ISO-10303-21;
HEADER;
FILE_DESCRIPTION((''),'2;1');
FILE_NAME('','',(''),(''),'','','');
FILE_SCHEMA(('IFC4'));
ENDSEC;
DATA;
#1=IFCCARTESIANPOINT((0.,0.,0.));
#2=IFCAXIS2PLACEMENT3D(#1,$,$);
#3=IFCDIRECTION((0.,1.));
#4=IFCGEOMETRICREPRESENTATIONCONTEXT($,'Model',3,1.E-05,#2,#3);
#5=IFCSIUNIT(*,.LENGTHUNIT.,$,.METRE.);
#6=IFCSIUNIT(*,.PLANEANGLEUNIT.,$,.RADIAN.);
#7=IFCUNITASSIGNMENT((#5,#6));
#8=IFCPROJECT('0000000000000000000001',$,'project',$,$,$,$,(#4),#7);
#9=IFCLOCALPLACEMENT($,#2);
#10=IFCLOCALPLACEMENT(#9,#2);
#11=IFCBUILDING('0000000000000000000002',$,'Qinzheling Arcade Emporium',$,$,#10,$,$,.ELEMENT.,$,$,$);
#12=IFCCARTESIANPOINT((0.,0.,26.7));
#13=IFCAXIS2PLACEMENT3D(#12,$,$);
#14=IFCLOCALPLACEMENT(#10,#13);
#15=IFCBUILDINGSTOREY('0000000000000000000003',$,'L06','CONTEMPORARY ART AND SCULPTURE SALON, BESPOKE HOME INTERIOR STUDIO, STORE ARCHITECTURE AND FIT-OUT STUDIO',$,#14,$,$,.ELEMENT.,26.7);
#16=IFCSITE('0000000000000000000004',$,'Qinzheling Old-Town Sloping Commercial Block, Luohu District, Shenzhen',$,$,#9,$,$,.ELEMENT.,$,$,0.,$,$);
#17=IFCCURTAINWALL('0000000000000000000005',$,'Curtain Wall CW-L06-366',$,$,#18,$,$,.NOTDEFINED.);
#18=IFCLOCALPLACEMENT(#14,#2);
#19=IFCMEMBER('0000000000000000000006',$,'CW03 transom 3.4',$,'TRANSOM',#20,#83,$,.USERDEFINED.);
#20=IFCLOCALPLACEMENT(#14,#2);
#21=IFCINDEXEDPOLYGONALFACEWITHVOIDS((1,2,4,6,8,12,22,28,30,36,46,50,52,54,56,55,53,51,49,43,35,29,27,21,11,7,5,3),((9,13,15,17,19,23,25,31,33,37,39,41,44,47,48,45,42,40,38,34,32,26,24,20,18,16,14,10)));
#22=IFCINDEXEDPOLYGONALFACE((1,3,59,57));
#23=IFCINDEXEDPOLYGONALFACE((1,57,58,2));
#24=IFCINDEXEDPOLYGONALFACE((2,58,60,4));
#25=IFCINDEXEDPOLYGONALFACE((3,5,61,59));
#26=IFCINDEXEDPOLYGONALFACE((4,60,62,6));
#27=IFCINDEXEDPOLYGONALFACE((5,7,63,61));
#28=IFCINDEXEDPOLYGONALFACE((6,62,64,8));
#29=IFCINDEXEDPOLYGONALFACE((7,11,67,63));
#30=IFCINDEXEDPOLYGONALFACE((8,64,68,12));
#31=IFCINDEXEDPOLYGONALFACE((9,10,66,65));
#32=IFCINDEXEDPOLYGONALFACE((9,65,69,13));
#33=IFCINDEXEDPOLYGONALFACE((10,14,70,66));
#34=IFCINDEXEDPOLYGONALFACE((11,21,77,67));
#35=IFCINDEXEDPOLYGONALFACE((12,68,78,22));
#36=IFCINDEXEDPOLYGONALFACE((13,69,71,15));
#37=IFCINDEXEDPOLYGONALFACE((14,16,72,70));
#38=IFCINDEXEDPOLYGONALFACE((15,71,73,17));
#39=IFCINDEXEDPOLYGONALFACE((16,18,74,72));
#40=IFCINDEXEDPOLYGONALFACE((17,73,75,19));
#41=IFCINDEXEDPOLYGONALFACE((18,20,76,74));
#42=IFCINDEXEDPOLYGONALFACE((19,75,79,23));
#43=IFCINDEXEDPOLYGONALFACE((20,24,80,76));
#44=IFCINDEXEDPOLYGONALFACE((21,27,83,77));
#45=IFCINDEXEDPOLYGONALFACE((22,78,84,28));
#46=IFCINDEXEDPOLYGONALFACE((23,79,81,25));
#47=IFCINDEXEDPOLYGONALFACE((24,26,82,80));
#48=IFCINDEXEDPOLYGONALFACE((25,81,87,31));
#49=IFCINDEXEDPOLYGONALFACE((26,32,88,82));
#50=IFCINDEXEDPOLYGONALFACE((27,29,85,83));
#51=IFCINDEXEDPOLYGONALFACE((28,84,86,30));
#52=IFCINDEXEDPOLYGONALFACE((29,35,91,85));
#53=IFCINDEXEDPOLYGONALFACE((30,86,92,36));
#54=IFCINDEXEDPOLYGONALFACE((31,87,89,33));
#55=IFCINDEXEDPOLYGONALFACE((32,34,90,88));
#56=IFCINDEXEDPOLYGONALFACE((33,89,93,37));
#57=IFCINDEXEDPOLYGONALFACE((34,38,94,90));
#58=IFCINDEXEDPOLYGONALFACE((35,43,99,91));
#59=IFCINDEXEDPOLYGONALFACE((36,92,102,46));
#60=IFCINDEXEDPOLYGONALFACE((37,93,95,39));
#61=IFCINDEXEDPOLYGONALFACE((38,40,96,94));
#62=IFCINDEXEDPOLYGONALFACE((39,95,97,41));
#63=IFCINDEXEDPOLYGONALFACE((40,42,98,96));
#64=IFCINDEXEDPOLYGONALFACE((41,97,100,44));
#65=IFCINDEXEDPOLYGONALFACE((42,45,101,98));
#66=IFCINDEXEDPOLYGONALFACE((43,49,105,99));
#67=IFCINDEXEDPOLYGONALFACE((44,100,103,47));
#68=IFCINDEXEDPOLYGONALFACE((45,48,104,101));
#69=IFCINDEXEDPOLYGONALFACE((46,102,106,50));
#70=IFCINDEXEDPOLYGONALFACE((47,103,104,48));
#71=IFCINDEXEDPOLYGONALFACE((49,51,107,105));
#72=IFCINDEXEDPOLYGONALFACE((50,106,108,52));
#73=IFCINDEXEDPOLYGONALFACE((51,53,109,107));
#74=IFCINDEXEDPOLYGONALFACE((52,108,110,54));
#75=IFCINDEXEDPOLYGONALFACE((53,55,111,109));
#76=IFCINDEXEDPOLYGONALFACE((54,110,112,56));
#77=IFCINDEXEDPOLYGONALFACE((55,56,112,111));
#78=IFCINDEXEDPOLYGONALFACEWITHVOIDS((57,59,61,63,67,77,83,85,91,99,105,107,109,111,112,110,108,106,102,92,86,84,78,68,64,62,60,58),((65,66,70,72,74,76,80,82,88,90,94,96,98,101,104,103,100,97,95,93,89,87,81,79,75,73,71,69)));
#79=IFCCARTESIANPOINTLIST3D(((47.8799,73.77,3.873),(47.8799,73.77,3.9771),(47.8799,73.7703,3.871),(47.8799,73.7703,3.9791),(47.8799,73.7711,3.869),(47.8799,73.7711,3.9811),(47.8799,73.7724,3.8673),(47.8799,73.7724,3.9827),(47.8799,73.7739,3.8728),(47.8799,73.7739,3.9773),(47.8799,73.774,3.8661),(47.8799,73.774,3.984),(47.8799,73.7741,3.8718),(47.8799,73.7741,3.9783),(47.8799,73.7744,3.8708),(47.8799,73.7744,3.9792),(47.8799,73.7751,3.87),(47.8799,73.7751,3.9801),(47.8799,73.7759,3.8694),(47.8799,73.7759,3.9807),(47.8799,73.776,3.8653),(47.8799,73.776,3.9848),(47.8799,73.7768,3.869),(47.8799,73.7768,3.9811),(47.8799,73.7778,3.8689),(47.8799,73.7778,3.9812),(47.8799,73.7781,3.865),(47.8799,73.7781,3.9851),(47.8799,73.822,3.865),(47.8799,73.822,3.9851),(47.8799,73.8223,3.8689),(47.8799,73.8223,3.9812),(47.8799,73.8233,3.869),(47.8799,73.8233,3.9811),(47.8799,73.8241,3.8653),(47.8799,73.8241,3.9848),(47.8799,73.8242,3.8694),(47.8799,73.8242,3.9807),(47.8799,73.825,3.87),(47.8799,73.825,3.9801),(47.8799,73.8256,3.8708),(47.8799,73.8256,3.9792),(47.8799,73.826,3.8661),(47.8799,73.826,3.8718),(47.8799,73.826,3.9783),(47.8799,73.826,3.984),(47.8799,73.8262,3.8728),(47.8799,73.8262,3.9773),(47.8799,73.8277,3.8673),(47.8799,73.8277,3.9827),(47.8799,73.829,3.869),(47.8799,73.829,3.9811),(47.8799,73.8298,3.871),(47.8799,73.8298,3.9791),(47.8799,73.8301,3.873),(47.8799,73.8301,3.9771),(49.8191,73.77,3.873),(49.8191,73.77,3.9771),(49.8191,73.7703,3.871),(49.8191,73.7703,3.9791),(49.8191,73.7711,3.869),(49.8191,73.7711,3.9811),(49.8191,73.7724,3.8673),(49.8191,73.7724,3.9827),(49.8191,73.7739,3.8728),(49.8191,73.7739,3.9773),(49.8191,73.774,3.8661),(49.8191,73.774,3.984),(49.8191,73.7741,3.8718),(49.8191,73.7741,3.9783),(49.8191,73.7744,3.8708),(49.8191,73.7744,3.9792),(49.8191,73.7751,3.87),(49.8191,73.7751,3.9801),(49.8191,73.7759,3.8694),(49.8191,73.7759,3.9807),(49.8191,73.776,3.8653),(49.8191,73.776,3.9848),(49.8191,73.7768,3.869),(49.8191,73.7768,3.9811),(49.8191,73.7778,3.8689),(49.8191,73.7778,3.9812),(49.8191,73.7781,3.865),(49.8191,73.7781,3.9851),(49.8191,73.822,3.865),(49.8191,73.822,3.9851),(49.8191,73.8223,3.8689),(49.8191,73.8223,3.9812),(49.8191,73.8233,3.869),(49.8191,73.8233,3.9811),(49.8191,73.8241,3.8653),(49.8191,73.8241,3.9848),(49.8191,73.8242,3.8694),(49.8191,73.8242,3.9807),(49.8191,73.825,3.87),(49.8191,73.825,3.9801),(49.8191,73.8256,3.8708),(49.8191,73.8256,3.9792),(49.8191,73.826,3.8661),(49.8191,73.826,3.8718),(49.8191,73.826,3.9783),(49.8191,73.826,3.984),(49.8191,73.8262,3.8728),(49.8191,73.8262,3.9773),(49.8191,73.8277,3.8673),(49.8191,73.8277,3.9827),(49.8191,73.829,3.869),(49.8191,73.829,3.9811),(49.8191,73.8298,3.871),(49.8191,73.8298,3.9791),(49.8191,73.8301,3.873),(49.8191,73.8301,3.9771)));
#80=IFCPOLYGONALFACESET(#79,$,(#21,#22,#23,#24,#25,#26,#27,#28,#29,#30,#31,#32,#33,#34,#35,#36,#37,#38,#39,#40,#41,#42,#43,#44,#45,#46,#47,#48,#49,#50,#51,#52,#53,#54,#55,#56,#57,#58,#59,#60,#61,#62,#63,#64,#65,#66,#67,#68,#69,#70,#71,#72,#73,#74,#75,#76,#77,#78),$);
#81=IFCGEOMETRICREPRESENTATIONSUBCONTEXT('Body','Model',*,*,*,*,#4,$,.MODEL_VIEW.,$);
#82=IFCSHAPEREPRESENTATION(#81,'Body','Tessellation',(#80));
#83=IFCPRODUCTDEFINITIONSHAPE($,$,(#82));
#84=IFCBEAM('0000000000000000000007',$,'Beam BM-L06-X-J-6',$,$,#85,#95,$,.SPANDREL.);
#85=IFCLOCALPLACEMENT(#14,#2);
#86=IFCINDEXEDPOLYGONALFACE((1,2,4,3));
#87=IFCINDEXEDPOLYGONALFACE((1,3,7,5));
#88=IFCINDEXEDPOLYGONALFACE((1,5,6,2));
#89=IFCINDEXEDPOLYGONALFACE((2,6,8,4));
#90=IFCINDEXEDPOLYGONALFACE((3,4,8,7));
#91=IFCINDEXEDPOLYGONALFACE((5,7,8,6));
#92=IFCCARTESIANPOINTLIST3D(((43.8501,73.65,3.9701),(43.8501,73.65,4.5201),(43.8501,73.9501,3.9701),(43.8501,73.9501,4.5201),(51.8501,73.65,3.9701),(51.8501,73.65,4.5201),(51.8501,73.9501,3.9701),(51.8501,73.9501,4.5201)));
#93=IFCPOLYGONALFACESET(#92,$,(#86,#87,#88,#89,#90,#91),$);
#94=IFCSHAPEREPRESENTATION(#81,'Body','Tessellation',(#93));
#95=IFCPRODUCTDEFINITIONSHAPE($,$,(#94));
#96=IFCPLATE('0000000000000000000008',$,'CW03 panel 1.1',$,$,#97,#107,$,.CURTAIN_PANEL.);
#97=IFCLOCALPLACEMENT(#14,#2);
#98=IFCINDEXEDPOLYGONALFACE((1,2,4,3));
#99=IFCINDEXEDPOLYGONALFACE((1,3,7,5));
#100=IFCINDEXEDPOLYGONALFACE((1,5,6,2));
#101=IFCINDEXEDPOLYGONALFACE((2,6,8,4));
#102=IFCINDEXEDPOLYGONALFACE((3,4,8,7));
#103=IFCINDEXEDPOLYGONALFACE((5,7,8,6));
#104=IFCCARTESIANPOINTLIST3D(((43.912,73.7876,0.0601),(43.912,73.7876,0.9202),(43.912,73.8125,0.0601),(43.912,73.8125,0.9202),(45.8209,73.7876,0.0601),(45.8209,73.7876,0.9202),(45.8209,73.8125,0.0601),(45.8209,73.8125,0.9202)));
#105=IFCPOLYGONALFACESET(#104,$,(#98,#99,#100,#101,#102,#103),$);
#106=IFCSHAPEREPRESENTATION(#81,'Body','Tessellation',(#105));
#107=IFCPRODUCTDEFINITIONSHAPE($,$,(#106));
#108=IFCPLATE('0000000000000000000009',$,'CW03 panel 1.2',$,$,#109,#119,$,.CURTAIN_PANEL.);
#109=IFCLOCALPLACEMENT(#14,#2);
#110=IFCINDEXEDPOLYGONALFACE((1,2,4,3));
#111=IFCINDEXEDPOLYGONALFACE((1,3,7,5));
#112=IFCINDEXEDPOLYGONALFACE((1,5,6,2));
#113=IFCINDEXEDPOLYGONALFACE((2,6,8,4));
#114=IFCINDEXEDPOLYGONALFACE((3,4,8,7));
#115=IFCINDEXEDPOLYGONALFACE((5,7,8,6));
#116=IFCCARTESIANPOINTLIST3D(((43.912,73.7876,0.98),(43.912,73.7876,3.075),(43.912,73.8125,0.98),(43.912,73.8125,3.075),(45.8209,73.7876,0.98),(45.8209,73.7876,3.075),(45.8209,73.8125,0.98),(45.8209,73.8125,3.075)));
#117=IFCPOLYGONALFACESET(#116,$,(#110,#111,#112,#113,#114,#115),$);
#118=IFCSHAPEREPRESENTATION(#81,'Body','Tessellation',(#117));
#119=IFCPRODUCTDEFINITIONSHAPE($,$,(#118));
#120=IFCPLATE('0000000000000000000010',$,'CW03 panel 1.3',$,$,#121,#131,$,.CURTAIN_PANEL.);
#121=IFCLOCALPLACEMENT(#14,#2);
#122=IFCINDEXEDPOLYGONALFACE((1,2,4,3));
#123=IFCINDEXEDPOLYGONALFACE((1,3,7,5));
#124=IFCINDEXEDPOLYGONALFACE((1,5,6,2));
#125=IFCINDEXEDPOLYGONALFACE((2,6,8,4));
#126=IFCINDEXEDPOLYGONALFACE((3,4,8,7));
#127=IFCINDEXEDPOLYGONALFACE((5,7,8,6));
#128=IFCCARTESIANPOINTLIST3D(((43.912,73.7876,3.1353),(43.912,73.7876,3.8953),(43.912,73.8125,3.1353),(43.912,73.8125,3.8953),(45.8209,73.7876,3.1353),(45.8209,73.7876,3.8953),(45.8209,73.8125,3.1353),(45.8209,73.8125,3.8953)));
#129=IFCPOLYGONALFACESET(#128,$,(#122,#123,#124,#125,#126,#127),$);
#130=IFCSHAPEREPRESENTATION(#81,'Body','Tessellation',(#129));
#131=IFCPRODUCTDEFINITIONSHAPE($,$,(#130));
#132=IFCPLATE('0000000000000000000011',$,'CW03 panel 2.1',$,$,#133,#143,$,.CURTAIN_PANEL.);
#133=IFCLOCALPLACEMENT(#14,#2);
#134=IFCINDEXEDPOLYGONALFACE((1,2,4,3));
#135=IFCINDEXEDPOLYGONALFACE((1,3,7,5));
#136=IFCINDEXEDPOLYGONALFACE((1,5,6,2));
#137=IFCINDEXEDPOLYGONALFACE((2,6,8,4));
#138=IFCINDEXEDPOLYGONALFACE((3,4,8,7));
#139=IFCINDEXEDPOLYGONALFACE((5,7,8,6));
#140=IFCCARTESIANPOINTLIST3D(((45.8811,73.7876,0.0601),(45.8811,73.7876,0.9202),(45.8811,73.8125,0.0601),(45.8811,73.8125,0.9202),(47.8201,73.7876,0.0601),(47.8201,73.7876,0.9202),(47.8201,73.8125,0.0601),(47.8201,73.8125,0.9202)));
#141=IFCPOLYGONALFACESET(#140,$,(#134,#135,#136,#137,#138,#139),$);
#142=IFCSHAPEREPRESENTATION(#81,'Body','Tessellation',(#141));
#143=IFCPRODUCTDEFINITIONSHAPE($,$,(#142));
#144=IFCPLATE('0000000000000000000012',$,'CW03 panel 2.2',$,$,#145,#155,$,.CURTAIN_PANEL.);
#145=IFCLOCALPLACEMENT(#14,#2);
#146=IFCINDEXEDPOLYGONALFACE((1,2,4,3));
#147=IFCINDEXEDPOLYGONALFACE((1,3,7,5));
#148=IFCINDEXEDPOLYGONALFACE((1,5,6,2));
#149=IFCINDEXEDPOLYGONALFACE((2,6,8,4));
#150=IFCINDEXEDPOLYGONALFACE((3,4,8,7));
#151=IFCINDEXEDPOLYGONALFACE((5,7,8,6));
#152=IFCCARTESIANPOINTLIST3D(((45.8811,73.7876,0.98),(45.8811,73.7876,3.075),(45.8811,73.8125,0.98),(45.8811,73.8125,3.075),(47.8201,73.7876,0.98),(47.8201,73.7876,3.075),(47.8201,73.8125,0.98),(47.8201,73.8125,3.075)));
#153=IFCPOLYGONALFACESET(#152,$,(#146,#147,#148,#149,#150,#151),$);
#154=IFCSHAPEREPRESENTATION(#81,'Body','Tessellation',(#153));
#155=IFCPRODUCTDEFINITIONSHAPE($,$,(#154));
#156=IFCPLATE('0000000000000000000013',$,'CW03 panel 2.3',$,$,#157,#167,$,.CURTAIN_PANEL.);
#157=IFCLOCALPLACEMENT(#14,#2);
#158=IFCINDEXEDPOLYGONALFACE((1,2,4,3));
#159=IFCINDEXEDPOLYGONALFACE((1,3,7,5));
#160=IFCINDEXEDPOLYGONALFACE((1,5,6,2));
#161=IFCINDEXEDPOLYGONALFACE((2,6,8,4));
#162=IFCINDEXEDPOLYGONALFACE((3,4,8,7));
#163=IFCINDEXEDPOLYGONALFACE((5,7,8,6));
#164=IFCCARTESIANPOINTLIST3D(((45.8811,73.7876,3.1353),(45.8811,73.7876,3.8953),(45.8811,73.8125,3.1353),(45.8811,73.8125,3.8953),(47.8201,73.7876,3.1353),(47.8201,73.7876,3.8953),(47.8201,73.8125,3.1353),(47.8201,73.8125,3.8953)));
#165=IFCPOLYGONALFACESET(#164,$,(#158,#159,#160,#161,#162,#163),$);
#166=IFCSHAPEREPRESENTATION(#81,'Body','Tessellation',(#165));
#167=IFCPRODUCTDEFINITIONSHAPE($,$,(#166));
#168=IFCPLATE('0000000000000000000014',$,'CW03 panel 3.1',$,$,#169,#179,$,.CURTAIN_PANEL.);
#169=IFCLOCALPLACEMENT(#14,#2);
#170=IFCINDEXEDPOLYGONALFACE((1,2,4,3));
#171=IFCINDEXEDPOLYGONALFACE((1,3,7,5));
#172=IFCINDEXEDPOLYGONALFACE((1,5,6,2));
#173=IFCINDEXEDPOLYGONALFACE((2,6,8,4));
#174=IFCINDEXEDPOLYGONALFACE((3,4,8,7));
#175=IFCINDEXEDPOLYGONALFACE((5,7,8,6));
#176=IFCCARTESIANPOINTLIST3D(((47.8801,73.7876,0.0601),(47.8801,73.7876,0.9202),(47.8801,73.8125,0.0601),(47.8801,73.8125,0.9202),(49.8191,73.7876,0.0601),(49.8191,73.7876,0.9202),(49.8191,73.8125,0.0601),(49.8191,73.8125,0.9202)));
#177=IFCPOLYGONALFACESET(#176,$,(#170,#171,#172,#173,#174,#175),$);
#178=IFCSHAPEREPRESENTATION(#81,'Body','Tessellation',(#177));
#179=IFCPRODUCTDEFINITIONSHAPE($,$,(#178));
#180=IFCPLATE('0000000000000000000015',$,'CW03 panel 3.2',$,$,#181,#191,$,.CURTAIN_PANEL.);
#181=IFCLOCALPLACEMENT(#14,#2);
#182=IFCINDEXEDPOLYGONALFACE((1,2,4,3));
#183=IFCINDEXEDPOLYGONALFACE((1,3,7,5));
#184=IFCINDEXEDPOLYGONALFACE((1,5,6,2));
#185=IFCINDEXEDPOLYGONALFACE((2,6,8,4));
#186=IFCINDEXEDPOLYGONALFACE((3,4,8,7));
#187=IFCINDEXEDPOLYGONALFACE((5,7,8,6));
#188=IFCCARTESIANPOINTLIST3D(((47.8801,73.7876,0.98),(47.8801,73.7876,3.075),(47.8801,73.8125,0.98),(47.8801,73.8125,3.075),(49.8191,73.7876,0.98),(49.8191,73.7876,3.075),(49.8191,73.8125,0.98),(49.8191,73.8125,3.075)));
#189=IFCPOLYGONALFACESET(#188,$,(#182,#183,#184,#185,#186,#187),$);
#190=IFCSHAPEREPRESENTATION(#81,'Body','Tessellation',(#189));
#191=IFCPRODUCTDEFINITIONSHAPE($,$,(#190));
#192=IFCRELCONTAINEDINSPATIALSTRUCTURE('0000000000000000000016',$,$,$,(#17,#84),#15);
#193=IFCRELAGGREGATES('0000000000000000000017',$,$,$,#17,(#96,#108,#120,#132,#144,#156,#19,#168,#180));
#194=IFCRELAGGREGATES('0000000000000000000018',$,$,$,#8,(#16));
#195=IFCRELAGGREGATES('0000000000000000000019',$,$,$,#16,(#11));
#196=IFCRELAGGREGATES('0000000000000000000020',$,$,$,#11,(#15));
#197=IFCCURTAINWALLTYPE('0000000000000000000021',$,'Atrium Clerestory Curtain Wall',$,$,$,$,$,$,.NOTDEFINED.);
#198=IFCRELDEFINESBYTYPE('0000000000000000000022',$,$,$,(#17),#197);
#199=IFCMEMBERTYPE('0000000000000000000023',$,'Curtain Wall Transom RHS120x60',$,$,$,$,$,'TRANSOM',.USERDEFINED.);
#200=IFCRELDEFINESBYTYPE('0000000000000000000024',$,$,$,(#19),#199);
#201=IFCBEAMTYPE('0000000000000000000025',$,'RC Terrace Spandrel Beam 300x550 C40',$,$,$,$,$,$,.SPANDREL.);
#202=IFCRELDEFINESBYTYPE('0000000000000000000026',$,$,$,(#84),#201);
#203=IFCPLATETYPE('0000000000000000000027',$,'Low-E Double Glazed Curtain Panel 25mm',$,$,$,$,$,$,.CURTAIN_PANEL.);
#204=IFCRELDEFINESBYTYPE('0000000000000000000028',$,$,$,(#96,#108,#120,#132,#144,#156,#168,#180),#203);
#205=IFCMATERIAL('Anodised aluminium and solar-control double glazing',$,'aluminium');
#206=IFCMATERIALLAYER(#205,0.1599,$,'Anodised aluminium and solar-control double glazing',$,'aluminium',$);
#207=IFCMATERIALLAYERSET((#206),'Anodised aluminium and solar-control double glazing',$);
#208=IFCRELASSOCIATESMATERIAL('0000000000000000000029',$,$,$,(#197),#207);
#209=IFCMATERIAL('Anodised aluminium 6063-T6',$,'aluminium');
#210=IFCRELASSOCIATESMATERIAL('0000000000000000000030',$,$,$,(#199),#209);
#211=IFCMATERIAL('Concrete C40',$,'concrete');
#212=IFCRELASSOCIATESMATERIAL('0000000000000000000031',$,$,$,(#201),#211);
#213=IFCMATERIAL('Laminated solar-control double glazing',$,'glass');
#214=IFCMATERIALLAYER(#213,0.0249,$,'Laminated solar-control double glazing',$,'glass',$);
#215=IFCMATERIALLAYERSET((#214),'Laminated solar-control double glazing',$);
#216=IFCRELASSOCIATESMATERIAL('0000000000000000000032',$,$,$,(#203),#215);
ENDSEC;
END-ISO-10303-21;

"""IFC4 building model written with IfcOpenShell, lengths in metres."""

from ifc_helpers import new_model, si_unit, direction, frame, origin, origin_2d, place, context, subcontext, project, spatial, rectangle, hollow_rectangle, extrude, material, layer, layer_set, material_profile, profile_set, type_object, element, aggregate, save


model = new_model("IFC4")

# Units and contexts
model_context = context("Model", 3, precision=1e-05, world=origin(), true_north=direction((0.0, 1.0)))
body_context = subcontext(model_context, "Body", "Model", "MODEL_VIEW")
ifc_project = project(units=[si_unit("LENGTHUNIT", "METRE"), si_unit("PLANEANGLEUNIT", "RADIAN")], contexts=[model_context])

# Site, building, storey
site_placement = place(None, origin())
site = spatial("IfcSite", under=ifc_project, at=site_placement, Name="Qinzheling Old-Town Sloping Commercial Block, Luohu District, Shenzhen", CompositionType="ELEMENT", RefElevation=0.0)
building_placement = place(site_placement, origin())
building = spatial("IfcBuilding", under=site, at=building_placement, Name="Qinzheling Arcade Emporium", CompositionType="ELEMENT")
storey_placement = place(building_placement, frame((0.0, 0.0, 26.7)))
storey = spatial("IfcBuildingStorey", under=building, at=storey_placement, Name="L06", Description="CONTEMPORARY ART AND SCULPTURE SALON, BESPOKE HOME INTERIOR STUDIO, STORE ARCHITECTURE AND FIT-OUT STUDIO", CompositionType="ELEMENT", Elevation=26.7)

# Shared definitions
ifc_material_1 = material(Name="Concrete C40", Category="concrete")

# Curtain wall, member
ifc_material_2 = material(Name="Anodised aluminium and solar-control double glazing", Category="aluminium")
ifc_layer_1 = layer(ifc_material_2, 0.1599, Name="Anodised aluminium and solar-control double glazing", Category="aluminium")
ifc_layer_set_1 = layer_set([ifc_layer_1], Name="Anodised aluminium and solar-control double glazing")
curtain_wall_type = type_object("IfcCurtainWallType", Name="Atrium Clerestory Curtain Wall", PredefinedType="NOTDEFINED", material=ifc_layer_set_1)
curtain_wall_placement = place(storey_placement, origin())
curtain_wall = element("IfcCurtainWall", 1, at=curtain_wall_placement, inside=storey, type_object=curtain_wall_type, Name="Curtain Wall CW-L06-366", PredefinedType="NOTDEFINED")
ifc_material_3 = material(Name="Anodised aluminium 6063-T6", Category="aluminium")
ifc_material_profile_1 = material_profile(ifc_material_3, hollow_rectangle(XDim=0.0601, YDim=0.1201, WallThickness=0.0039, InnerFilletRadius=0.0039, OuterFilletRadius=0.0081, at=origin_2d()), Name="RHS 120x60x4", Category="aluminium")
ifc_profile_set_1 = profile_set([ifc_material_profile_1], Name="Anodised aluminium 6063-T6")
member_type_1 = type_object("IfcMemberType", Name="Curtain Wall Transom RHS120x60", ElementType="TRANSOM", PredefinedType="USERDEFINED", material=ifc_profile_set_1)
member_1_placement = place(storey_placement, frame((47.8799, 73.8, 3.925), z_axis=(1.0, 0.0, 0.0), x_axis=(0.0, 1.0, 0.0)))
member_1 = element("IfcMember", 2, at=member_1_placement, type_object=member_type_1, Name="CW03 transom 3.4", ObjectType="TRANSOM", PredefinedType="USERDEFINED", context=body_context, shape_type="SweptSolid", body=[
    extrude(hollow_rectangle(XDim=0.0601, YDim=0.1201, WallThickness=0.0039, InnerFilletRadius=0.0039, OuterFilletRadius=0.0081, at=origin_2d()), origin(), (0.0, 0.0, 1.0), 1.9392),
])

# Beam
ifc_material_profile_2 = material_profile(ifc_material_1, rectangle(XDim=0.3, YDim=0.55, at=origin_2d()), Name="RC 300x550", Category="concrete")
ifc_profile_set_2 = profile_set([ifc_material_profile_2], Name="Concrete C40")
beam_type = type_object("IfcBeamType", Name="RC Terrace Spandrel Beam 300x550 C40", PredefinedType="SPANDREL", material=ifc_profile_set_2)
beam_placement = place(storey_placement, frame((43.8501, 73.8, 4.2451), z_axis=(1.0, 0.0, 0.0), x_axis=(0.0, 1.0, 0.0)))
element("IfcBeam", 3, at=beam_placement, inside=storey, type_object=beam_type, Name="Beam BM-L06-X-J-6", PredefinedType="SPANDREL", context=body_context, shape_type="SweptSolid", body=[
    extrude(rectangle(XDim=0.3, YDim=0.55, at=origin_2d()), origin(), (0.0, 0.0, 1.0), 8.0),
])

# Plates
ifc_material_4 = material(Name="Laminated solar-control double glazing", Category="glass")
ifc_layer_2 = layer(ifc_material_4, 0.0249, Name="Laminated solar-control double glazing", Category="glass")
ifc_layer_set_2 = layer_set([ifc_layer_2], Name="Laminated solar-control double glazing")
plate_type = type_object("IfcPlateType", Name="Low-E Double Glazed Curtain Panel 25mm", PredefinedType="CURTAIN_PANEL", material=ifc_layer_set_2)
plate_1_placement = place(storey_placement, frame((44.8665, 73.8, 0.0601), z_axis=(0.0, 0.0, 1.0), x_axis=(1.0, 0.0, 0.0)))
plate_1 = element("IfcPlate", 4, at=plate_1_placement, type_object=plate_type, Name="CW03 panel 1.1", PredefinedType="CURTAIN_PANEL", context=body_context, shape_type="SweptSolid", body=[
    extrude(rectangle(XDim=1.9089, YDim=0.0249, at=origin_2d()), origin(), (0.0, 0.0, 1.0), 0.8601),
])
plate_2_placement = place(storey_placement, frame((44.8665, 73.8, 0.98), z_axis=(0.0, 0.0, 1.0), x_axis=(1.0, 0.0, 0.0)))
plate_2 = element("IfcPlate", 5, at=plate_2_placement, type_object=plate_type, Name="CW03 panel 1.2", PredefinedType="CURTAIN_PANEL", context=body_context, shape_type="SweptSolid", body=[
    extrude(rectangle(XDim=1.9089, YDim=0.0249, at=origin_2d()), origin(), (0.0, 0.0, 1.0), 2.095),
])
plate_3_placement = place(storey_placement, frame((44.8665, 73.8, 3.1353), z_axis=(0.0, 0.0, 1.0), x_axis=(1.0, 0.0, 0.0)))
plate_3 = element("IfcPlate", 6, at=plate_3_placement, type_object=plate_type, Name="CW03 panel 1.3", PredefinedType="CURTAIN_PANEL", context=body_context, shape_type="SweptSolid", body=[
    extrude(rectangle(XDim=1.9089, YDim=0.0249, at=origin_2d()), origin(), (0.0, 0.0, 1.0), 0.76),
])
plate_4_placement = place(storey_placement, frame((46.8506, 73.8, 0.0601), z_axis=(0.0, 0.0, 1.0), x_axis=(1.0, 0.0, 0.0)))
plate_4 = element("IfcPlate", 7, at=plate_4_placement, type_object=plate_type, Name="CW03 panel 2.1", PredefinedType="CURTAIN_PANEL", context=body_context, shape_type="SweptSolid", body=[
    extrude(rectangle(XDim=1.939, YDim=0.0249, at=origin_2d()), origin(), (0.0, 0.0, 1.0), 0.8601),
])
plate_5_placement = place(storey_placement, frame((46.8506, 73.8, 0.98), z_axis=(0.0, 0.0, 1.0), x_axis=(1.0, 0.0, 0.0)))
plate_5 = element("IfcPlate", 8, at=plate_5_placement, type_object=plate_type, Name="CW03 panel 2.2", PredefinedType="CURTAIN_PANEL", context=body_context, shape_type="SweptSolid", body=[
    extrude(rectangle(XDim=1.939, YDim=0.0249, at=origin_2d()), origin(), (0.0, 0.0, 1.0), 2.095),
])
plate_6_placement = place(storey_placement, frame((46.8506, 73.8, 3.1353), z_axis=(0.0, 0.0, 1.0), x_axis=(1.0, 0.0, 0.0)))
plate_6 = element("IfcPlate", 9, at=plate_6_placement, type_object=plate_type, Name="CW03 panel 2.3", PredefinedType="CURTAIN_PANEL", context=body_context, shape_type="SweptSolid", body=[
    extrude(rectangle(XDim=1.939, YDim=0.0249, at=origin_2d()), origin(), (0.0, 0.0, 1.0), 0.76),
])
plate_7_placement = place(storey_placement, frame((48.8496, 73.8, 0.0601), z_axis=(0.0, 0.0, 1.0), x_axis=(1.0, 0.0, 0.0)))
plate_7 = element("IfcPlate", 10, at=plate_7_placement, type_object=plate_type, Name="CW03 panel 3.1", PredefinedType="CURTAIN_PANEL", context=body_context, shape_type="SweptSolid", body=[
    extrude(rectangle(XDim=1.939, YDim=0.0249, at=origin_2d()), origin(), (0.0, 0.0, 1.0), 0.8601),
])
plate_8_placement = place(storey_placement, frame((48.8496, 73.8, 0.98), z_axis=(0.0, 0.0, 1.0), x_axis=(1.0, 0.0, 0.0)))
plate_8 = element("IfcPlate", 11, at=plate_8_placement, type_object=plate_type, Name="CW03 panel 3.2", PredefinedType="CURTAIN_PANEL", context=body_context, shape_type="SweptSolid", body=[
    extrude(rectangle(XDim=1.939, YDim=0.0249, at=origin_2d()), origin(), (0.0, 0.0, 1.0), 2.095),
])
aggregate(curtain_wall, [plate_1, plate_2, plate_3, plate_4, plate_5, plate_6, member_1, plate_7, plate_8])

save(model, "model.ifc")
